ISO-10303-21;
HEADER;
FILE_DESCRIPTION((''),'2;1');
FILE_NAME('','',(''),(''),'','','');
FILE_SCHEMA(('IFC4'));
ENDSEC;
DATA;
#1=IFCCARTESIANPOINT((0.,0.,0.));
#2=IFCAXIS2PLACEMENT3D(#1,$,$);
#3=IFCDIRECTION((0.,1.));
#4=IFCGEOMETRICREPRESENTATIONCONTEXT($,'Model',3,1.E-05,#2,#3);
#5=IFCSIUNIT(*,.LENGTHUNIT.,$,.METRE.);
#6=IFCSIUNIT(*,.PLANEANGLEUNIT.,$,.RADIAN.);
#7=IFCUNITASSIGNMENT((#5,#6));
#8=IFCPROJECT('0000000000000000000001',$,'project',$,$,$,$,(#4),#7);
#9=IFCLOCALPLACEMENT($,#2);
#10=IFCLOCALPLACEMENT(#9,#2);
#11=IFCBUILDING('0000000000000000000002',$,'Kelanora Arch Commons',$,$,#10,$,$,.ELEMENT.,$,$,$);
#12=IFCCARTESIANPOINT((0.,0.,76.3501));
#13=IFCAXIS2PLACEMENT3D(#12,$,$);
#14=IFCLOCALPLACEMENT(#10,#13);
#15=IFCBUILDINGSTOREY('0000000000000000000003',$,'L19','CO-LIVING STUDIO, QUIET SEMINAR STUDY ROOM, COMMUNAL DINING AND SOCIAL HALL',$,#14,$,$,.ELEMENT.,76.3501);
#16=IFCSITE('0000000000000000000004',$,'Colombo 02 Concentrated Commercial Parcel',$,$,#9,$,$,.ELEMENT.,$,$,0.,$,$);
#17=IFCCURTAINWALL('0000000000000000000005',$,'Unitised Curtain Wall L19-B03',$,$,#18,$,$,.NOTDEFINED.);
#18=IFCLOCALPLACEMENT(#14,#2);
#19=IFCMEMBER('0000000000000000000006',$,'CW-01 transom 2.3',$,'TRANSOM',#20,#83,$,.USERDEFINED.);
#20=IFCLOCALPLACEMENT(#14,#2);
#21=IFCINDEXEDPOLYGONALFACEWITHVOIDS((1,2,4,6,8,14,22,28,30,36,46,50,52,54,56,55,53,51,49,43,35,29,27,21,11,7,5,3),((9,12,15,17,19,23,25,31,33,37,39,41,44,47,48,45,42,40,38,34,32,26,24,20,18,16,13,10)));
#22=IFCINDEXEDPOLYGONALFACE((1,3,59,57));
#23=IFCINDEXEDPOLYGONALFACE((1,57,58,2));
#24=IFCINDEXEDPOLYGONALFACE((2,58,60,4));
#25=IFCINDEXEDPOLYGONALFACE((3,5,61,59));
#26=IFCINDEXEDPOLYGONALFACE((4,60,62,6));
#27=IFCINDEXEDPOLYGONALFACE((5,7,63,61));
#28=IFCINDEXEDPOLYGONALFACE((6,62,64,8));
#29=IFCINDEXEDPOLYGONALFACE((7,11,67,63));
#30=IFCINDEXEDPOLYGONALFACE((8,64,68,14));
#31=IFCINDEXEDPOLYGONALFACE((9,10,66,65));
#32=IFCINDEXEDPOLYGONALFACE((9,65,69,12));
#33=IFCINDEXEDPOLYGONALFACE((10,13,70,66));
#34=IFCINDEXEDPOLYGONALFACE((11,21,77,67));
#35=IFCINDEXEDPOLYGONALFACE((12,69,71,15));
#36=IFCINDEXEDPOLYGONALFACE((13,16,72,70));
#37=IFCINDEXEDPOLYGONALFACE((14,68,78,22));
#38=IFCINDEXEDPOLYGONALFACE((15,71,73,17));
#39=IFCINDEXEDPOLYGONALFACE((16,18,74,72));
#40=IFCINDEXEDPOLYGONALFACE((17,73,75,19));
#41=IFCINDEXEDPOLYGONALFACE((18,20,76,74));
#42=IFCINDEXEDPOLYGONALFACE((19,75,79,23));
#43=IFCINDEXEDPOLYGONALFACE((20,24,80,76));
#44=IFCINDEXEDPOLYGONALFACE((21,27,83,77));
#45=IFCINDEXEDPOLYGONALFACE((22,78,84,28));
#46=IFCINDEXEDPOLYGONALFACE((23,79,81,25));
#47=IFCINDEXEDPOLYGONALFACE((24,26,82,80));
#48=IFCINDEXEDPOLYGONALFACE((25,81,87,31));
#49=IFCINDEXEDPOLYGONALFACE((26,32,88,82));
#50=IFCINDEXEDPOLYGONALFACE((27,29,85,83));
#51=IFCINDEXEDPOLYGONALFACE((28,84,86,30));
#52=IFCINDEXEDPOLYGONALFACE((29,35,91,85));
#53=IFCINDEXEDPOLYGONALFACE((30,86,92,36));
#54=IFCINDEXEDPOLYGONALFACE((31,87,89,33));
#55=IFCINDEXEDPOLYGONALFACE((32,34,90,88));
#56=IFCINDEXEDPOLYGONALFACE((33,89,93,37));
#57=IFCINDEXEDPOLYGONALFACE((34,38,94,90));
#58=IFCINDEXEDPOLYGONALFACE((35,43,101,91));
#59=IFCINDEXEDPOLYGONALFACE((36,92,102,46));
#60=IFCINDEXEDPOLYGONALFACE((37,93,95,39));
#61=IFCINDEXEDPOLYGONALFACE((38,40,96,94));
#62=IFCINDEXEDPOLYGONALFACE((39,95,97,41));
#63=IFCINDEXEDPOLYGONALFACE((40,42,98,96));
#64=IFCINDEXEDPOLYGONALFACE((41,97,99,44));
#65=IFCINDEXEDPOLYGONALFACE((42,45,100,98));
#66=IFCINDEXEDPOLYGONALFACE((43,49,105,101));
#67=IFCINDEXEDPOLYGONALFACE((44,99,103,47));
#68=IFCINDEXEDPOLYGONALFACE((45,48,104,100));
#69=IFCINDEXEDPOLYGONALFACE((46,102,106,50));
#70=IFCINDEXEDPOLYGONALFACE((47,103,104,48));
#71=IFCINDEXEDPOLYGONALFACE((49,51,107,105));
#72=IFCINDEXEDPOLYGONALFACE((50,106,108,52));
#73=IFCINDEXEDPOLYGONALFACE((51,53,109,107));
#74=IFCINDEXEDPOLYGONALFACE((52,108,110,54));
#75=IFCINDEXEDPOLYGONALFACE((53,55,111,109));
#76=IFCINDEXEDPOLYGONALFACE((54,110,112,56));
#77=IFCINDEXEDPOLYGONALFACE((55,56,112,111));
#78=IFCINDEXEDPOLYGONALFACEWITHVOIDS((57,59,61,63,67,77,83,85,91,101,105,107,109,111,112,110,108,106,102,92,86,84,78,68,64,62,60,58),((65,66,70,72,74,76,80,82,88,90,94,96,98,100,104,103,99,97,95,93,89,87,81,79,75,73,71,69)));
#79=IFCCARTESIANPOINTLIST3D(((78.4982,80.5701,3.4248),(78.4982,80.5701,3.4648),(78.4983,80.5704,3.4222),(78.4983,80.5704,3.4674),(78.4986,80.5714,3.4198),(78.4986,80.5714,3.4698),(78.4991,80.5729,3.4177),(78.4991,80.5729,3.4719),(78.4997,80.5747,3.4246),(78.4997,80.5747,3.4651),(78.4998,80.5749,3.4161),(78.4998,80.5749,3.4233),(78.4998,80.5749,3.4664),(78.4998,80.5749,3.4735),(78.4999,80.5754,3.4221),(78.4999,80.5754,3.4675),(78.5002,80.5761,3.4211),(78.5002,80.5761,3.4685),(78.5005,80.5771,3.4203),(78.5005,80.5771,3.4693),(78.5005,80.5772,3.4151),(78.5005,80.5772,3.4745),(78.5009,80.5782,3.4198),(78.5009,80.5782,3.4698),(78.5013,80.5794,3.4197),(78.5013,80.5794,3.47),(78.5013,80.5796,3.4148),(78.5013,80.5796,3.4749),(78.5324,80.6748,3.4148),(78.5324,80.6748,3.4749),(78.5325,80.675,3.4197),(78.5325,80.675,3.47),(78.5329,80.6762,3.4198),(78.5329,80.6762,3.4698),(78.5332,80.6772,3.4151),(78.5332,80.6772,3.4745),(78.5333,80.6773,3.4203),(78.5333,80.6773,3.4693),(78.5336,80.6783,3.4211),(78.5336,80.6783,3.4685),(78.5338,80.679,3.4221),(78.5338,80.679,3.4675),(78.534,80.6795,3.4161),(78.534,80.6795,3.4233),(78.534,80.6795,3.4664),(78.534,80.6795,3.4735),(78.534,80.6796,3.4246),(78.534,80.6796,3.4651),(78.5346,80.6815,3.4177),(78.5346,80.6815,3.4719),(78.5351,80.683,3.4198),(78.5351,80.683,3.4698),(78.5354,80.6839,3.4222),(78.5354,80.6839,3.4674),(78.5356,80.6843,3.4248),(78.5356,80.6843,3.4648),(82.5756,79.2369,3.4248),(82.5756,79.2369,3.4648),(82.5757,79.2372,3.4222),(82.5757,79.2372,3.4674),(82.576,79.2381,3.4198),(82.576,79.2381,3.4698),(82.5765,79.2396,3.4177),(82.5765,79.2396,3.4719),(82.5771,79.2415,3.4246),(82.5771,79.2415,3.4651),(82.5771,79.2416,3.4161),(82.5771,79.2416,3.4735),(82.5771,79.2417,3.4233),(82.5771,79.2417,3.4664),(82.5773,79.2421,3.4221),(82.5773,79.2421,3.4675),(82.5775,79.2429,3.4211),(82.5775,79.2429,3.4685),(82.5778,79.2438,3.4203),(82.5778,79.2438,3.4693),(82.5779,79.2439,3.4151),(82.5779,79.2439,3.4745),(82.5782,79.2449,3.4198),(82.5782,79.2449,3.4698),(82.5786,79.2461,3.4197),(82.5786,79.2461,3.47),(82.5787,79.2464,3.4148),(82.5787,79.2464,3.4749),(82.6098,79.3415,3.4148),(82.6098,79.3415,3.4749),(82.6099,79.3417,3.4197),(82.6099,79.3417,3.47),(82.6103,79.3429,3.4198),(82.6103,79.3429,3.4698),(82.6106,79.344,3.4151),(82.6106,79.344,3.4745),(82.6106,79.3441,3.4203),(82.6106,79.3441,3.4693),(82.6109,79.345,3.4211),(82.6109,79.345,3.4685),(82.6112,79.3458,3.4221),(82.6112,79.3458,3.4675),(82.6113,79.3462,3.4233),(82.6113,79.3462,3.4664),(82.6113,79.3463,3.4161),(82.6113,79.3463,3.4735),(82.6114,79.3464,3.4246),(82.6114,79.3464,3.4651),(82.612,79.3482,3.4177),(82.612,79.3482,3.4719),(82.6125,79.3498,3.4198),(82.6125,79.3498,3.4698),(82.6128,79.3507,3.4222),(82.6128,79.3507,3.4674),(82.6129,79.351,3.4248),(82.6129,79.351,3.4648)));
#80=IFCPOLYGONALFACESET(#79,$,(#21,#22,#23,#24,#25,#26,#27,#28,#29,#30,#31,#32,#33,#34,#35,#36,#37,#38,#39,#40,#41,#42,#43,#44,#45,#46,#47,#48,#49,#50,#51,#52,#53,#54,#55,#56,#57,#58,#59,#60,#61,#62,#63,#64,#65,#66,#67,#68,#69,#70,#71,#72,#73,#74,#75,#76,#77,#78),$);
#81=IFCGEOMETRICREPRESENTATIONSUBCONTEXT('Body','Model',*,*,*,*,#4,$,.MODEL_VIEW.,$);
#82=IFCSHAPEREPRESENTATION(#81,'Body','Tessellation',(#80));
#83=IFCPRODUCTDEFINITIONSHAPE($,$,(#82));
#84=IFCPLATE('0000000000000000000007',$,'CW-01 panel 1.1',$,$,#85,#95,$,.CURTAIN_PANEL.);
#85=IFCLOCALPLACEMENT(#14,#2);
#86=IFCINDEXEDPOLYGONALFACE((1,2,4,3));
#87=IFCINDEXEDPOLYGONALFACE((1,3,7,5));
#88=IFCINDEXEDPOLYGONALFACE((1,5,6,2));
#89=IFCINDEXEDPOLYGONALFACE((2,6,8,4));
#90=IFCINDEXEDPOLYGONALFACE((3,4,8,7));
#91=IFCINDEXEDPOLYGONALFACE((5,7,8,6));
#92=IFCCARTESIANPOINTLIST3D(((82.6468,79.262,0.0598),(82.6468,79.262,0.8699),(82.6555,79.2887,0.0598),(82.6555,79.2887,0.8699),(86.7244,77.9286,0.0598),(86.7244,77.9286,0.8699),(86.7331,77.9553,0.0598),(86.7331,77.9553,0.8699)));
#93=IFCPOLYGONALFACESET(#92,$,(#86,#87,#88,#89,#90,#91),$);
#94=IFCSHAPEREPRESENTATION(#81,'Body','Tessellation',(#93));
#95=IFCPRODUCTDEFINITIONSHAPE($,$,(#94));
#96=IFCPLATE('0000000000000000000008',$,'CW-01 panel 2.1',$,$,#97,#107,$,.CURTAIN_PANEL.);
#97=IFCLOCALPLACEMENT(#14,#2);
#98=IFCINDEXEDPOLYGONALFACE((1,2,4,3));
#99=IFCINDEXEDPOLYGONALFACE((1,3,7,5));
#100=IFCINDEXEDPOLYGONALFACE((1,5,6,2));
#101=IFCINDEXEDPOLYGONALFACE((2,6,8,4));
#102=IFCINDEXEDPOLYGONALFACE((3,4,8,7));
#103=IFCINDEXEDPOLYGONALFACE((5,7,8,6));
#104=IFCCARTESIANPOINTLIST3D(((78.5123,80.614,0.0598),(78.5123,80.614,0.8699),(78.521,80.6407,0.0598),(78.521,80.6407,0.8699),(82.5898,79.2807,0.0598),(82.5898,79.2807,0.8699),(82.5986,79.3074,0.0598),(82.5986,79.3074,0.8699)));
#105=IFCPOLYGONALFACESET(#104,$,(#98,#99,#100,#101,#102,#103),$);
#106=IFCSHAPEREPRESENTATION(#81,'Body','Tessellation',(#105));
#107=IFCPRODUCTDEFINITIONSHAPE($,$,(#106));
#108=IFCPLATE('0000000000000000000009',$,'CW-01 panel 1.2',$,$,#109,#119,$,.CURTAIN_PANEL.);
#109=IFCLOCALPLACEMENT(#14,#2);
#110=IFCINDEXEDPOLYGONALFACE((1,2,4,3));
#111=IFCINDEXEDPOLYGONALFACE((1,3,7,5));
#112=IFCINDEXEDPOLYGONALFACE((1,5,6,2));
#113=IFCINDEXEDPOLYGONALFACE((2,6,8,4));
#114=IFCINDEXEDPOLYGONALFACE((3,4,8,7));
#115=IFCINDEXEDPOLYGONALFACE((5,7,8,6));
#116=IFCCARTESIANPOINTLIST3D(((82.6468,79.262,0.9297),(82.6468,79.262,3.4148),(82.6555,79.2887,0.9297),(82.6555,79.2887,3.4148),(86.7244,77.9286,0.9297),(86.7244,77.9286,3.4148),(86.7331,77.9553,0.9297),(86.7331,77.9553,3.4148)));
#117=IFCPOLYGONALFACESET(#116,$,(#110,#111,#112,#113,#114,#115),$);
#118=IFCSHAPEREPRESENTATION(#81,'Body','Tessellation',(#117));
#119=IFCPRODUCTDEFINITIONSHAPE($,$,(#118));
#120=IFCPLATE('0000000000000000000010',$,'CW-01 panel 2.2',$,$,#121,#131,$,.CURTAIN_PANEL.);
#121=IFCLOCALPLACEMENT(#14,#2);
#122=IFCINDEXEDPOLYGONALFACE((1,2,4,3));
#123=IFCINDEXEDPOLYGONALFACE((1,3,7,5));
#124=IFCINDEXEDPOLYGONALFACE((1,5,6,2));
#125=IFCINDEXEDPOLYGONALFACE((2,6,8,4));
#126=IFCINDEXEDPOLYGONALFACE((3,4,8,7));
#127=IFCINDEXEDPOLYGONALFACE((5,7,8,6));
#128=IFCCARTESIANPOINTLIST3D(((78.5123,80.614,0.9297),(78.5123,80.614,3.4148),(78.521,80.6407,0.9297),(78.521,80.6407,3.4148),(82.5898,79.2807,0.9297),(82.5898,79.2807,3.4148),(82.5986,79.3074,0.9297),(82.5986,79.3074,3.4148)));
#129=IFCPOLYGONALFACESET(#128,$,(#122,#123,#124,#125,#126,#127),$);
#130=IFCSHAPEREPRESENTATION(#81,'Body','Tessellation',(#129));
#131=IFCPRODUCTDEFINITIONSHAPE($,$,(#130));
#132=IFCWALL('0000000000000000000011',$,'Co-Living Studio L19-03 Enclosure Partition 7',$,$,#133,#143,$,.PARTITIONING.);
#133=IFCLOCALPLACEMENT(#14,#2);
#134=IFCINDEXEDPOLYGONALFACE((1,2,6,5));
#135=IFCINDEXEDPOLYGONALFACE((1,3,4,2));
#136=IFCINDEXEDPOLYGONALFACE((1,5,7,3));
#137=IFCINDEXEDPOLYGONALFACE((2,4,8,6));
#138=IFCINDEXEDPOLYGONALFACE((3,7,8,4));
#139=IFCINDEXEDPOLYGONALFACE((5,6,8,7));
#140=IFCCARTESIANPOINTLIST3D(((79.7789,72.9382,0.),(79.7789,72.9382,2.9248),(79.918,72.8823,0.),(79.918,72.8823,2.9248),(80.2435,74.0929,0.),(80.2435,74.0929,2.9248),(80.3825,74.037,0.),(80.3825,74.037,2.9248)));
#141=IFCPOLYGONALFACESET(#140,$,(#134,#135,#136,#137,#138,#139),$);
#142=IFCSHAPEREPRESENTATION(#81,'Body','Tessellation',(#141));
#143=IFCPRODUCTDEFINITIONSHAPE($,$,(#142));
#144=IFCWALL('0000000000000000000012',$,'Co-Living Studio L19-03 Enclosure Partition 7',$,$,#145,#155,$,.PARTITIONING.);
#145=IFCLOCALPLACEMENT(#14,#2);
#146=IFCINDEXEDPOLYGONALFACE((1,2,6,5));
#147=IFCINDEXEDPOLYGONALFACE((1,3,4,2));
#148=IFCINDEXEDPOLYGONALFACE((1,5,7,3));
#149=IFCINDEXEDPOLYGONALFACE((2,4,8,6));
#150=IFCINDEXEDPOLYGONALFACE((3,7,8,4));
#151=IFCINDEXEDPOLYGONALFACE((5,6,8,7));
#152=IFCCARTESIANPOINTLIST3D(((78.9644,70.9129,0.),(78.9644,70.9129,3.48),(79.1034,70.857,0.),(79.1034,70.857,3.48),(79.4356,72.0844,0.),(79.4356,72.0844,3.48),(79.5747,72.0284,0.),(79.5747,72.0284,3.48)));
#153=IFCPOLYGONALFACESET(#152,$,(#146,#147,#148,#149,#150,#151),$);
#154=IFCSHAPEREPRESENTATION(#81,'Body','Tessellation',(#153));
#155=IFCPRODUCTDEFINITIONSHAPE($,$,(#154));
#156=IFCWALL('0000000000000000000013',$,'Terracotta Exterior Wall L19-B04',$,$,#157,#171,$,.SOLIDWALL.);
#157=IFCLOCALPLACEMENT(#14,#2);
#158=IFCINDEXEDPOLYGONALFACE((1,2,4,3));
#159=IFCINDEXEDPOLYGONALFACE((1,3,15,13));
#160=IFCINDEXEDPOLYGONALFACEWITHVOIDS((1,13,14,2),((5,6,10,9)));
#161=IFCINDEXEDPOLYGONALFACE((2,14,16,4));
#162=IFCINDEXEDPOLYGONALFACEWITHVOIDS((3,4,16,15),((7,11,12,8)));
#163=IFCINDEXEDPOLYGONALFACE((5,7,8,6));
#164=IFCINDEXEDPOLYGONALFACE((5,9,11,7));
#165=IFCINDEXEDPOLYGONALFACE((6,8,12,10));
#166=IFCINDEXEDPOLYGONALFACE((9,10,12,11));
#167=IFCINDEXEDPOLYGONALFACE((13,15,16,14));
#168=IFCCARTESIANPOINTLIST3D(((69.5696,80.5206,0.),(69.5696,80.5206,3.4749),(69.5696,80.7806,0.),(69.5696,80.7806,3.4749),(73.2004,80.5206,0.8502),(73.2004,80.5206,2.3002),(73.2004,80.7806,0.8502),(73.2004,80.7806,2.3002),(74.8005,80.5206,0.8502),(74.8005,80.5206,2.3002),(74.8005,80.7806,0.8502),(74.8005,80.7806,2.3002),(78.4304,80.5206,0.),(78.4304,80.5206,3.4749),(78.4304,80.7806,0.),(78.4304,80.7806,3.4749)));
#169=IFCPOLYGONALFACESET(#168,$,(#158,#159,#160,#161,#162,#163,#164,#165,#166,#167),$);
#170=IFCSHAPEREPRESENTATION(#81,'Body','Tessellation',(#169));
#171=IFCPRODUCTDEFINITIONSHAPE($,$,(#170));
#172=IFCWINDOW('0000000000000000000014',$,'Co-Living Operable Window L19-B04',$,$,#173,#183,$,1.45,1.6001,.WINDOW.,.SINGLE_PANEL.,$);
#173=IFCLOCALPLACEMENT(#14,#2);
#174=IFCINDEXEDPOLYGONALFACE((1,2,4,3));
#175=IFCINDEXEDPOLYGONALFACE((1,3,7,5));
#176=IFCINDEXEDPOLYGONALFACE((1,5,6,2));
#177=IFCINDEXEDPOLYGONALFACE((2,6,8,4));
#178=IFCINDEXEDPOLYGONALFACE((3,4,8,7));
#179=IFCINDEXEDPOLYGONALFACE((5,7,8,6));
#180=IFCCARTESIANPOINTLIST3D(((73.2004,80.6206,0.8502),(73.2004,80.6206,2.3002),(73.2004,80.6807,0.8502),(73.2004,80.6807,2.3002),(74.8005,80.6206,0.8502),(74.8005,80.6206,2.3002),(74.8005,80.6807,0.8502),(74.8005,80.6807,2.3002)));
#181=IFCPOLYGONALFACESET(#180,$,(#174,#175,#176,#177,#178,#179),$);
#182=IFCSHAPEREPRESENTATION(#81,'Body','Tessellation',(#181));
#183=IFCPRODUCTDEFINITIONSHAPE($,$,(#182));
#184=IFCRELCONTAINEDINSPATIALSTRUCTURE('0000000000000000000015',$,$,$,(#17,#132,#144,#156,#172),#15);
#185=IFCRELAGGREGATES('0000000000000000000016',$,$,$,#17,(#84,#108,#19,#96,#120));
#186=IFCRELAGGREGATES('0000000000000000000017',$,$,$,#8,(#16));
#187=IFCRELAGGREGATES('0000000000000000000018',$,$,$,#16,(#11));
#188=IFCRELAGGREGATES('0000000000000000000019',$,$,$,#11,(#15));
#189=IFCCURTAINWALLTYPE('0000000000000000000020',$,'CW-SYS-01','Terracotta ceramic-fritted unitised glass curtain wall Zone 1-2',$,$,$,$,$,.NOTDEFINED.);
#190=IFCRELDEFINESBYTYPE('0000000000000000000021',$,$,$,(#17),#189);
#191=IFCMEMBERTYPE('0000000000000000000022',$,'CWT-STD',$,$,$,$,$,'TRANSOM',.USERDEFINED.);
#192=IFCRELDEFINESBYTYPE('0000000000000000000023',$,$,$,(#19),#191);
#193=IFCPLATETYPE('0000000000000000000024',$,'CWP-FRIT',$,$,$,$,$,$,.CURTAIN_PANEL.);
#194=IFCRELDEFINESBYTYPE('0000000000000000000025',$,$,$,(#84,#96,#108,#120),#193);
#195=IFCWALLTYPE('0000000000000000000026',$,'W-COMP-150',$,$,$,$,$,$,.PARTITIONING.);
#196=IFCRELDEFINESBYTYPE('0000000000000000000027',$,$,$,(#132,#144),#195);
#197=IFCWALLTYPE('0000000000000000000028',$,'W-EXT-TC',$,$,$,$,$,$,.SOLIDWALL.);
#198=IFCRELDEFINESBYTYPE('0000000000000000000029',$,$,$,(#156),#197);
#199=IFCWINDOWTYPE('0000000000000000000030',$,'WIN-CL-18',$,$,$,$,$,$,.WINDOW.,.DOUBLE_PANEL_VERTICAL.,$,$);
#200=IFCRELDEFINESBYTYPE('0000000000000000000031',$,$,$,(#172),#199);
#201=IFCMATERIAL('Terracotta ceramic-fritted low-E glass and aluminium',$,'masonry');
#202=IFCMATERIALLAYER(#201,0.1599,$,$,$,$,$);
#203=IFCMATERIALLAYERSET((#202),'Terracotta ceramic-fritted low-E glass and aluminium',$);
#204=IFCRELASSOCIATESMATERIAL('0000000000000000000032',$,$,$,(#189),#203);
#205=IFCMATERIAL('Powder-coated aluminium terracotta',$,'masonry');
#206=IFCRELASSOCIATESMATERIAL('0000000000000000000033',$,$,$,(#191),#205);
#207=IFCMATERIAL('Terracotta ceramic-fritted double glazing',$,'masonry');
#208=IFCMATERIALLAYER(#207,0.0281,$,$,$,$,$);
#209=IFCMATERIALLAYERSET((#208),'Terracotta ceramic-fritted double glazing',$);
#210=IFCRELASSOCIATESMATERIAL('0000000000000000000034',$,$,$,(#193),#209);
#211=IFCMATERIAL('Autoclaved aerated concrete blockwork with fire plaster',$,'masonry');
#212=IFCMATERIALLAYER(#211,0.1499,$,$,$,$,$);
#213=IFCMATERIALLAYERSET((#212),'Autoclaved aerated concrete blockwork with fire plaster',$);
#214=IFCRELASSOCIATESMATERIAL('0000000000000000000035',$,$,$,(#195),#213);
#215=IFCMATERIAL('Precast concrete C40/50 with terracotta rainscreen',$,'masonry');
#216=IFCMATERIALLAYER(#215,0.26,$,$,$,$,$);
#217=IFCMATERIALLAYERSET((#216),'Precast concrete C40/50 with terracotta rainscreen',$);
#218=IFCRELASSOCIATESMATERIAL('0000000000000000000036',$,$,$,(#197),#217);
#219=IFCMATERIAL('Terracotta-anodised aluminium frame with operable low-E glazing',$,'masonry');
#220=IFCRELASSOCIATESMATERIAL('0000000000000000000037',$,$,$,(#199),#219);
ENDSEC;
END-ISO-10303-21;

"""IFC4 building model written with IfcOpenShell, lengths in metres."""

from ifc_helpers import new_model, si_unit, direction, frame, frame_2d, origin, origin_2d, place, context, subcontext, project, spatial, rectangle, hollow_rectangle, extrude, source, transform, mapped, material, layer, layer_set, material_profile, profile_set, type_object, element, fill, aggregate, save


model = new_model("IFC4")

# Units and contexts
model_context = context("Model", 3, precision=1e-05, world=origin(), true_north=direction((0.0, 1.0)))
body_context = subcontext(model_context, "Body", "Model", "MODEL_VIEW")
ifc_project = project(units=[si_unit("LENGTHUNIT", "METRE"), si_unit("PLANEANGLEUNIT", "RADIAN")], contexts=[model_context])

# Site, building, storey
site_placement = place(None, origin())
site = spatial("IfcSite", under=ifc_project, at=site_placement, Name="Colombo 02 Concentrated Commercial Parcel", CompositionType="ELEMENT", RefElevation=0.0)
building_placement = place(site_placement, origin())
building = spatial("IfcBuilding", under=site, at=building_placement, Name="Kelanora Arch Commons", CompositionType="ELEMENT")
storey_placement = place(building_placement, frame((0.0, 0.0, 76.3501)))
storey = spatial("IfcBuildingStorey", under=building, at=storey_placement, Name="L19", Description="CO-LIVING STUDIO, QUIET SEMINAR STUDY ROOM, COMMUNAL DINING AND SOCIAL HALL", CompositionType="ELEMENT", Elevation=76.3501)

# Curtain wall, member, plates
ifc_material_1 = material(Name="Terracotta ceramic-fritted low-E glass and aluminium", Category="masonry")
ifc_layer_1 = layer(ifc_material_1, 0.1599)
ifc_layer_set_1 = layer_set([ifc_layer_1], Name="Terracotta ceramic-fritted low-E glass and aluminium")
curtain_wall_type = type_object("IfcCurtainWallType", Name="CW-SYS-01", Description="Terracotta ceramic-fritted unitised glass curtain wall Zone 1-2", PredefinedType="NOTDEFINED", material=ifc_layer_set_1)
curtain_wall_placement = place(storey_placement, origin())
curtain_wall = element("IfcCurtainWall", 1, at=curtain_wall_placement, inside=storey, type_object=curtain_wall_type, Name="Unitised Curtain Wall L19-B03", PredefinedType="NOTDEFINED")
ifc_material_2 = material(Name="Powder-coated aluminium terracotta", Category="masonry")
ifc_material_profile_1 = material_profile(ifc_material_2, hollow_rectangle(XDim=0.1201, YDim=0.0601, WallThickness=0.0049, InnerFilletRadius=0.0049, OuterFilletRadius=0.01, at=origin_2d()), Name="CWT120x60")
ifc_profile_set_1 = profile_set([ifc_material_profile_1], Name="Powder-coated aluminium terracotta")
member_type_1 = type_object("IfcMemberType", Name="CWT-STD", ElementType="TRANSOM", PredefinedType="USERDEFINED", material=ifc_profile_set_1)
member_1_placement = place(storey_placement, frame((82.5942, 79.2939, 3.4448), z_axis=(-0.950478, 0.310793, 0.0), x_axis=(-0.310793, -0.950478, 0.0)))
member_1 = element("IfcMember", 2, at=member_1_placement, type_object=member_type_1, Name="CW-01 transom 2.3", ObjectType="TRANSOM", PredefinedType="USERDEFINED", context=body_context, shape_type="SweptSolid", body=[
    extrude(hollow_rectangle(XDim=0.1201, YDim=0.0601, WallThickness=0.0049, InnerFilletRadius=0.0049, OuterFilletRadius=0.01, at=origin_2d()), origin(), (0.0, 0.0, 1.0), 4.2898),
])
ifc_material_3 = material(Name="Terracotta ceramic-fritted double glazing", Category="masonry")
ifc_layer_2 = layer(ifc_material_3, 0.0281)
ifc_layer_set_2 = layer_set([ifc_layer_2], Name="Terracotta ceramic-fritted double glazing")
plate_type = type_object("IfcPlateType", Name="CWP-FRIT", PredefinedType="CURTAIN_PANEL", material=ifc_layer_set_2)
shared_shape_1 = source(origin(), body_context, "Body", "SweptSolid", [
    extrude(rectangle(XDim=4.29, YDim=0.0281, at=origin_2d()), origin(), (0.0, 0.0, 1.0), 0.8101),
])
plate_1_placement = place(storey_placement, frame((84.6899, 78.6086, 0.0598), z_axis=(0.0, 0.0, 1.0), x_axis=(-0.950474, 0.310805, 0.0)))
plate_1 = element("IfcPlate", 3, at=plate_1_placement, type_object=plate_type, Name="CW-01 panel 1.1", PredefinedType="CURTAIN_PANEL", context=body_context, shape_type="MappedRepresentation", body=[
    mapped(shared_shape_1, transform((0.0, 0.0, 0.0), scale=1.0)),
])
plate_2_placement = place(storey_placement, frame((80.5554, 79.9607, 0.0598), z_axis=(0.0, 0.0, 1.0), x_axis=(-0.950474, 0.310805, 0.0)))
plate_2 = element("IfcPlate", 4, at=plate_2_placement, type_object=plate_type, Name="CW-01 panel 2.1", PredefinedType="CURTAIN_PANEL", context=body_context, shape_type="MappedRepresentation", body=[
    mapped(shared_shape_1, transform((0.0, 0.0, 0.0), scale=1.0)),
])
shared_shape_2 = source(origin(), body_context, "Body", "SweptSolid", [
    extrude(rectangle(XDim=4.29, YDim=0.0281, at=origin_2d()), origin(), (0.0, 0.0, 1.0), 2.4851),
])
plate_3_placement = place(storey_placement, frame((84.6899, 78.6086, 0.9297), z_axis=(0.0, 0.0, 1.0), x_axis=(-0.950474, 0.310805, 0.0)))
plate_3 = element("IfcPlate", 5, at=plate_3_placement, type_object=plate_type, Name="CW-01 panel 1.2", PredefinedType="CURTAIN_PANEL", context=body_context, shape_type="MappedRepresentation", body=[
    mapped(shared_shape_2, transform((0.0, 0.0, 0.0), scale=1.0)),
])
plate_4_placement = place(storey_placement, frame((80.5554, 79.9607, 0.9297), z_axis=(0.0, 0.0, 1.0), x_axis=(-0.950474, 0.310805, 0.0)))
plate_4 = element("IfcPlate", 6, at=plate_4_placement, type_object=plate_type, Name="CW-01 panel 2.2", PredefinedType="CURTAIN_PANEL", context=body_context, shape_type="MappedRepresentation", body=[
    mapped(shared_shape_2, transform((0.0, 0.0, 0.0), scale=1.0)),
])
aggregate(curtain_wall, [plate_1, plate_3, member_1, plate_2, plate_4])

# Walls
ifc_material_4 = material(Name="Autoclaved aerated concrete blockwork with fire plaster", Category="masonry")
ifc_layer_3 = layer(ifc_material_4, 0.1499)
ifc_layer_set_3 = layer_set([ifc_layer_3], Name="Autoclaved aerated concrete blockwork with fire plaster")
wall_type_1 = type_object("IfcWallType", Name="W-COMP-150", PredefinedType="PARTITIONING", material=ifc_layer_set_3)
wall_1_placement = place(storey_placement, frame((80.313, 74.0649, 0.0), z_axis=(0.0, 0.0, 1.0), x_axis=(-0.37325, -0.927731, 0.0)))
element("IfcWall", 7, at=wall_1_placement, inside=storey, type_object=wall_type_1, Name="Co-Living Studio L19-03 Enclosure Partition 7", PredefinedType="PARTITIONING", context=body_context, shape_type="SweptSolid", body=[
    extrude(rectangle(XDim=1.2446, YDim=0.1499, at=frame_2d((0.6223, 0.0))), origin(), (0.0, 0.0, 1.0), 2.9248),
])
wall_2_placement = place(storey_placement, frame((79.5051, 72.0564, 0.0), z_axis=(0.0, 0.0, 1.0), x_axis=(-0.37319, -0.927755, 0.0)))
element("IfcWall", 8, at=wall_2_placement, inside=storey, type_object=wall_type_1, Name="Co-Living Studio L19-03 Enclosure Partition 7", PredefinedType="PARTITIONING", context=body_context, shape_type="SweptSolid", body=[
    extrude(rectangle(XDim=1.2627, YDim=0.1499, at=frame_2d((0.6313, 0.0))), origin(), (0.0, 0.0, 1.0), 3.48),
])

# Wall, opening, window
ifc_material_5 = material(Name="Precast concrete C40/50 with terracotta rainscreen", Category="masonry")
ifc_layer_4 = layer(ifc_material_5, 0.26)
ifc_layer_set_4 = layer_set([ifc_layer_4], Name="Precast concrete C40/50 with terracotta rainscreen")
wall_type_2 = type_object("IfcWallType", Name="W-EXT-TC", PredefinedType="SOLIDWALL", material=ifc_layer_set_4)
wall_3_placement = place(storey_placement, frame((78.4304, 80.6506, 0.0), z_axis=(0.0, 0.0, 1.0), x_axis=(-1.0, 0.0, 0.0)))
wall_3 = element("IfcWall", 9, at=wall_3_placement, inside=storey, type_object=wall_type_2, Name="Terracotta Exterior Wall L19-B04", PredefinedType="SOLIDWALL", context=body_context, shape_type="SweptSolid", body=[
    extrude(rectangle(XDim=8.8608, YDim=0.26, at=frame_2d((4.4304, 0.0))), origin(), (0.0, 0.0, 1.0), 3.4749),
])
opening_placement = place(wall_3_placement, frame((3.6299, 0.0, 0.8501)))
opening = element("IfcOpeningElement", 10, at=opening_placement, cuts=wall_3, PredefinedType="OPENING", context=body_context, shape_type="SweptSolid", body=[
    extrude(rectangle(XDim=1.6001, YDim=1.45, at=frame_2d((0.8, 0.7251))), frame((0.0, 0.1401, 0.0), z_axis=(0.0, -1.0, 0.0), x_axis=(1.0, 0.0, 0.0)), (0.0, 0.0, 1.0), 0.28),
])
ifc_material_6 = material(Name="Terracotta-anodised aluminium frame with operable low-E glazing", Category="masonry")
window_type = type_object("IfcWindowType", Name="WIN-CL-18", PartitioningType="DOUBLE_PANEL_VERTICAL", PredefinedType="WINDOW", material=ifc_material_6)
window_placement = place(opening_placement, origin())
window = element("IfcWindow", 11, at=window_placement, inside=storey, type_object=window_type, Name="Co-Living Operable Window L19-B04", OverallHeight=1.45, OverallWidth=1.6001, PartitioningType="SINGLE_PANEL", PredefinedType="WINDOW", context=body_context, shape_type="SweptSolid", body=[
    extrude(rectangle(XDim=1.6001, YDim=1.45, at=frame_2d((0.8, 0.7251))), frame((0.0, 0.03, 0.0), z_axis=(0.0, -1.0, 0.0), x_axis=(1.0, 0.0, 0.0)), (0.0, 0.0, 1.0), 0.0601),
])
fill(opening, window)

save(model, "model.ifc")
